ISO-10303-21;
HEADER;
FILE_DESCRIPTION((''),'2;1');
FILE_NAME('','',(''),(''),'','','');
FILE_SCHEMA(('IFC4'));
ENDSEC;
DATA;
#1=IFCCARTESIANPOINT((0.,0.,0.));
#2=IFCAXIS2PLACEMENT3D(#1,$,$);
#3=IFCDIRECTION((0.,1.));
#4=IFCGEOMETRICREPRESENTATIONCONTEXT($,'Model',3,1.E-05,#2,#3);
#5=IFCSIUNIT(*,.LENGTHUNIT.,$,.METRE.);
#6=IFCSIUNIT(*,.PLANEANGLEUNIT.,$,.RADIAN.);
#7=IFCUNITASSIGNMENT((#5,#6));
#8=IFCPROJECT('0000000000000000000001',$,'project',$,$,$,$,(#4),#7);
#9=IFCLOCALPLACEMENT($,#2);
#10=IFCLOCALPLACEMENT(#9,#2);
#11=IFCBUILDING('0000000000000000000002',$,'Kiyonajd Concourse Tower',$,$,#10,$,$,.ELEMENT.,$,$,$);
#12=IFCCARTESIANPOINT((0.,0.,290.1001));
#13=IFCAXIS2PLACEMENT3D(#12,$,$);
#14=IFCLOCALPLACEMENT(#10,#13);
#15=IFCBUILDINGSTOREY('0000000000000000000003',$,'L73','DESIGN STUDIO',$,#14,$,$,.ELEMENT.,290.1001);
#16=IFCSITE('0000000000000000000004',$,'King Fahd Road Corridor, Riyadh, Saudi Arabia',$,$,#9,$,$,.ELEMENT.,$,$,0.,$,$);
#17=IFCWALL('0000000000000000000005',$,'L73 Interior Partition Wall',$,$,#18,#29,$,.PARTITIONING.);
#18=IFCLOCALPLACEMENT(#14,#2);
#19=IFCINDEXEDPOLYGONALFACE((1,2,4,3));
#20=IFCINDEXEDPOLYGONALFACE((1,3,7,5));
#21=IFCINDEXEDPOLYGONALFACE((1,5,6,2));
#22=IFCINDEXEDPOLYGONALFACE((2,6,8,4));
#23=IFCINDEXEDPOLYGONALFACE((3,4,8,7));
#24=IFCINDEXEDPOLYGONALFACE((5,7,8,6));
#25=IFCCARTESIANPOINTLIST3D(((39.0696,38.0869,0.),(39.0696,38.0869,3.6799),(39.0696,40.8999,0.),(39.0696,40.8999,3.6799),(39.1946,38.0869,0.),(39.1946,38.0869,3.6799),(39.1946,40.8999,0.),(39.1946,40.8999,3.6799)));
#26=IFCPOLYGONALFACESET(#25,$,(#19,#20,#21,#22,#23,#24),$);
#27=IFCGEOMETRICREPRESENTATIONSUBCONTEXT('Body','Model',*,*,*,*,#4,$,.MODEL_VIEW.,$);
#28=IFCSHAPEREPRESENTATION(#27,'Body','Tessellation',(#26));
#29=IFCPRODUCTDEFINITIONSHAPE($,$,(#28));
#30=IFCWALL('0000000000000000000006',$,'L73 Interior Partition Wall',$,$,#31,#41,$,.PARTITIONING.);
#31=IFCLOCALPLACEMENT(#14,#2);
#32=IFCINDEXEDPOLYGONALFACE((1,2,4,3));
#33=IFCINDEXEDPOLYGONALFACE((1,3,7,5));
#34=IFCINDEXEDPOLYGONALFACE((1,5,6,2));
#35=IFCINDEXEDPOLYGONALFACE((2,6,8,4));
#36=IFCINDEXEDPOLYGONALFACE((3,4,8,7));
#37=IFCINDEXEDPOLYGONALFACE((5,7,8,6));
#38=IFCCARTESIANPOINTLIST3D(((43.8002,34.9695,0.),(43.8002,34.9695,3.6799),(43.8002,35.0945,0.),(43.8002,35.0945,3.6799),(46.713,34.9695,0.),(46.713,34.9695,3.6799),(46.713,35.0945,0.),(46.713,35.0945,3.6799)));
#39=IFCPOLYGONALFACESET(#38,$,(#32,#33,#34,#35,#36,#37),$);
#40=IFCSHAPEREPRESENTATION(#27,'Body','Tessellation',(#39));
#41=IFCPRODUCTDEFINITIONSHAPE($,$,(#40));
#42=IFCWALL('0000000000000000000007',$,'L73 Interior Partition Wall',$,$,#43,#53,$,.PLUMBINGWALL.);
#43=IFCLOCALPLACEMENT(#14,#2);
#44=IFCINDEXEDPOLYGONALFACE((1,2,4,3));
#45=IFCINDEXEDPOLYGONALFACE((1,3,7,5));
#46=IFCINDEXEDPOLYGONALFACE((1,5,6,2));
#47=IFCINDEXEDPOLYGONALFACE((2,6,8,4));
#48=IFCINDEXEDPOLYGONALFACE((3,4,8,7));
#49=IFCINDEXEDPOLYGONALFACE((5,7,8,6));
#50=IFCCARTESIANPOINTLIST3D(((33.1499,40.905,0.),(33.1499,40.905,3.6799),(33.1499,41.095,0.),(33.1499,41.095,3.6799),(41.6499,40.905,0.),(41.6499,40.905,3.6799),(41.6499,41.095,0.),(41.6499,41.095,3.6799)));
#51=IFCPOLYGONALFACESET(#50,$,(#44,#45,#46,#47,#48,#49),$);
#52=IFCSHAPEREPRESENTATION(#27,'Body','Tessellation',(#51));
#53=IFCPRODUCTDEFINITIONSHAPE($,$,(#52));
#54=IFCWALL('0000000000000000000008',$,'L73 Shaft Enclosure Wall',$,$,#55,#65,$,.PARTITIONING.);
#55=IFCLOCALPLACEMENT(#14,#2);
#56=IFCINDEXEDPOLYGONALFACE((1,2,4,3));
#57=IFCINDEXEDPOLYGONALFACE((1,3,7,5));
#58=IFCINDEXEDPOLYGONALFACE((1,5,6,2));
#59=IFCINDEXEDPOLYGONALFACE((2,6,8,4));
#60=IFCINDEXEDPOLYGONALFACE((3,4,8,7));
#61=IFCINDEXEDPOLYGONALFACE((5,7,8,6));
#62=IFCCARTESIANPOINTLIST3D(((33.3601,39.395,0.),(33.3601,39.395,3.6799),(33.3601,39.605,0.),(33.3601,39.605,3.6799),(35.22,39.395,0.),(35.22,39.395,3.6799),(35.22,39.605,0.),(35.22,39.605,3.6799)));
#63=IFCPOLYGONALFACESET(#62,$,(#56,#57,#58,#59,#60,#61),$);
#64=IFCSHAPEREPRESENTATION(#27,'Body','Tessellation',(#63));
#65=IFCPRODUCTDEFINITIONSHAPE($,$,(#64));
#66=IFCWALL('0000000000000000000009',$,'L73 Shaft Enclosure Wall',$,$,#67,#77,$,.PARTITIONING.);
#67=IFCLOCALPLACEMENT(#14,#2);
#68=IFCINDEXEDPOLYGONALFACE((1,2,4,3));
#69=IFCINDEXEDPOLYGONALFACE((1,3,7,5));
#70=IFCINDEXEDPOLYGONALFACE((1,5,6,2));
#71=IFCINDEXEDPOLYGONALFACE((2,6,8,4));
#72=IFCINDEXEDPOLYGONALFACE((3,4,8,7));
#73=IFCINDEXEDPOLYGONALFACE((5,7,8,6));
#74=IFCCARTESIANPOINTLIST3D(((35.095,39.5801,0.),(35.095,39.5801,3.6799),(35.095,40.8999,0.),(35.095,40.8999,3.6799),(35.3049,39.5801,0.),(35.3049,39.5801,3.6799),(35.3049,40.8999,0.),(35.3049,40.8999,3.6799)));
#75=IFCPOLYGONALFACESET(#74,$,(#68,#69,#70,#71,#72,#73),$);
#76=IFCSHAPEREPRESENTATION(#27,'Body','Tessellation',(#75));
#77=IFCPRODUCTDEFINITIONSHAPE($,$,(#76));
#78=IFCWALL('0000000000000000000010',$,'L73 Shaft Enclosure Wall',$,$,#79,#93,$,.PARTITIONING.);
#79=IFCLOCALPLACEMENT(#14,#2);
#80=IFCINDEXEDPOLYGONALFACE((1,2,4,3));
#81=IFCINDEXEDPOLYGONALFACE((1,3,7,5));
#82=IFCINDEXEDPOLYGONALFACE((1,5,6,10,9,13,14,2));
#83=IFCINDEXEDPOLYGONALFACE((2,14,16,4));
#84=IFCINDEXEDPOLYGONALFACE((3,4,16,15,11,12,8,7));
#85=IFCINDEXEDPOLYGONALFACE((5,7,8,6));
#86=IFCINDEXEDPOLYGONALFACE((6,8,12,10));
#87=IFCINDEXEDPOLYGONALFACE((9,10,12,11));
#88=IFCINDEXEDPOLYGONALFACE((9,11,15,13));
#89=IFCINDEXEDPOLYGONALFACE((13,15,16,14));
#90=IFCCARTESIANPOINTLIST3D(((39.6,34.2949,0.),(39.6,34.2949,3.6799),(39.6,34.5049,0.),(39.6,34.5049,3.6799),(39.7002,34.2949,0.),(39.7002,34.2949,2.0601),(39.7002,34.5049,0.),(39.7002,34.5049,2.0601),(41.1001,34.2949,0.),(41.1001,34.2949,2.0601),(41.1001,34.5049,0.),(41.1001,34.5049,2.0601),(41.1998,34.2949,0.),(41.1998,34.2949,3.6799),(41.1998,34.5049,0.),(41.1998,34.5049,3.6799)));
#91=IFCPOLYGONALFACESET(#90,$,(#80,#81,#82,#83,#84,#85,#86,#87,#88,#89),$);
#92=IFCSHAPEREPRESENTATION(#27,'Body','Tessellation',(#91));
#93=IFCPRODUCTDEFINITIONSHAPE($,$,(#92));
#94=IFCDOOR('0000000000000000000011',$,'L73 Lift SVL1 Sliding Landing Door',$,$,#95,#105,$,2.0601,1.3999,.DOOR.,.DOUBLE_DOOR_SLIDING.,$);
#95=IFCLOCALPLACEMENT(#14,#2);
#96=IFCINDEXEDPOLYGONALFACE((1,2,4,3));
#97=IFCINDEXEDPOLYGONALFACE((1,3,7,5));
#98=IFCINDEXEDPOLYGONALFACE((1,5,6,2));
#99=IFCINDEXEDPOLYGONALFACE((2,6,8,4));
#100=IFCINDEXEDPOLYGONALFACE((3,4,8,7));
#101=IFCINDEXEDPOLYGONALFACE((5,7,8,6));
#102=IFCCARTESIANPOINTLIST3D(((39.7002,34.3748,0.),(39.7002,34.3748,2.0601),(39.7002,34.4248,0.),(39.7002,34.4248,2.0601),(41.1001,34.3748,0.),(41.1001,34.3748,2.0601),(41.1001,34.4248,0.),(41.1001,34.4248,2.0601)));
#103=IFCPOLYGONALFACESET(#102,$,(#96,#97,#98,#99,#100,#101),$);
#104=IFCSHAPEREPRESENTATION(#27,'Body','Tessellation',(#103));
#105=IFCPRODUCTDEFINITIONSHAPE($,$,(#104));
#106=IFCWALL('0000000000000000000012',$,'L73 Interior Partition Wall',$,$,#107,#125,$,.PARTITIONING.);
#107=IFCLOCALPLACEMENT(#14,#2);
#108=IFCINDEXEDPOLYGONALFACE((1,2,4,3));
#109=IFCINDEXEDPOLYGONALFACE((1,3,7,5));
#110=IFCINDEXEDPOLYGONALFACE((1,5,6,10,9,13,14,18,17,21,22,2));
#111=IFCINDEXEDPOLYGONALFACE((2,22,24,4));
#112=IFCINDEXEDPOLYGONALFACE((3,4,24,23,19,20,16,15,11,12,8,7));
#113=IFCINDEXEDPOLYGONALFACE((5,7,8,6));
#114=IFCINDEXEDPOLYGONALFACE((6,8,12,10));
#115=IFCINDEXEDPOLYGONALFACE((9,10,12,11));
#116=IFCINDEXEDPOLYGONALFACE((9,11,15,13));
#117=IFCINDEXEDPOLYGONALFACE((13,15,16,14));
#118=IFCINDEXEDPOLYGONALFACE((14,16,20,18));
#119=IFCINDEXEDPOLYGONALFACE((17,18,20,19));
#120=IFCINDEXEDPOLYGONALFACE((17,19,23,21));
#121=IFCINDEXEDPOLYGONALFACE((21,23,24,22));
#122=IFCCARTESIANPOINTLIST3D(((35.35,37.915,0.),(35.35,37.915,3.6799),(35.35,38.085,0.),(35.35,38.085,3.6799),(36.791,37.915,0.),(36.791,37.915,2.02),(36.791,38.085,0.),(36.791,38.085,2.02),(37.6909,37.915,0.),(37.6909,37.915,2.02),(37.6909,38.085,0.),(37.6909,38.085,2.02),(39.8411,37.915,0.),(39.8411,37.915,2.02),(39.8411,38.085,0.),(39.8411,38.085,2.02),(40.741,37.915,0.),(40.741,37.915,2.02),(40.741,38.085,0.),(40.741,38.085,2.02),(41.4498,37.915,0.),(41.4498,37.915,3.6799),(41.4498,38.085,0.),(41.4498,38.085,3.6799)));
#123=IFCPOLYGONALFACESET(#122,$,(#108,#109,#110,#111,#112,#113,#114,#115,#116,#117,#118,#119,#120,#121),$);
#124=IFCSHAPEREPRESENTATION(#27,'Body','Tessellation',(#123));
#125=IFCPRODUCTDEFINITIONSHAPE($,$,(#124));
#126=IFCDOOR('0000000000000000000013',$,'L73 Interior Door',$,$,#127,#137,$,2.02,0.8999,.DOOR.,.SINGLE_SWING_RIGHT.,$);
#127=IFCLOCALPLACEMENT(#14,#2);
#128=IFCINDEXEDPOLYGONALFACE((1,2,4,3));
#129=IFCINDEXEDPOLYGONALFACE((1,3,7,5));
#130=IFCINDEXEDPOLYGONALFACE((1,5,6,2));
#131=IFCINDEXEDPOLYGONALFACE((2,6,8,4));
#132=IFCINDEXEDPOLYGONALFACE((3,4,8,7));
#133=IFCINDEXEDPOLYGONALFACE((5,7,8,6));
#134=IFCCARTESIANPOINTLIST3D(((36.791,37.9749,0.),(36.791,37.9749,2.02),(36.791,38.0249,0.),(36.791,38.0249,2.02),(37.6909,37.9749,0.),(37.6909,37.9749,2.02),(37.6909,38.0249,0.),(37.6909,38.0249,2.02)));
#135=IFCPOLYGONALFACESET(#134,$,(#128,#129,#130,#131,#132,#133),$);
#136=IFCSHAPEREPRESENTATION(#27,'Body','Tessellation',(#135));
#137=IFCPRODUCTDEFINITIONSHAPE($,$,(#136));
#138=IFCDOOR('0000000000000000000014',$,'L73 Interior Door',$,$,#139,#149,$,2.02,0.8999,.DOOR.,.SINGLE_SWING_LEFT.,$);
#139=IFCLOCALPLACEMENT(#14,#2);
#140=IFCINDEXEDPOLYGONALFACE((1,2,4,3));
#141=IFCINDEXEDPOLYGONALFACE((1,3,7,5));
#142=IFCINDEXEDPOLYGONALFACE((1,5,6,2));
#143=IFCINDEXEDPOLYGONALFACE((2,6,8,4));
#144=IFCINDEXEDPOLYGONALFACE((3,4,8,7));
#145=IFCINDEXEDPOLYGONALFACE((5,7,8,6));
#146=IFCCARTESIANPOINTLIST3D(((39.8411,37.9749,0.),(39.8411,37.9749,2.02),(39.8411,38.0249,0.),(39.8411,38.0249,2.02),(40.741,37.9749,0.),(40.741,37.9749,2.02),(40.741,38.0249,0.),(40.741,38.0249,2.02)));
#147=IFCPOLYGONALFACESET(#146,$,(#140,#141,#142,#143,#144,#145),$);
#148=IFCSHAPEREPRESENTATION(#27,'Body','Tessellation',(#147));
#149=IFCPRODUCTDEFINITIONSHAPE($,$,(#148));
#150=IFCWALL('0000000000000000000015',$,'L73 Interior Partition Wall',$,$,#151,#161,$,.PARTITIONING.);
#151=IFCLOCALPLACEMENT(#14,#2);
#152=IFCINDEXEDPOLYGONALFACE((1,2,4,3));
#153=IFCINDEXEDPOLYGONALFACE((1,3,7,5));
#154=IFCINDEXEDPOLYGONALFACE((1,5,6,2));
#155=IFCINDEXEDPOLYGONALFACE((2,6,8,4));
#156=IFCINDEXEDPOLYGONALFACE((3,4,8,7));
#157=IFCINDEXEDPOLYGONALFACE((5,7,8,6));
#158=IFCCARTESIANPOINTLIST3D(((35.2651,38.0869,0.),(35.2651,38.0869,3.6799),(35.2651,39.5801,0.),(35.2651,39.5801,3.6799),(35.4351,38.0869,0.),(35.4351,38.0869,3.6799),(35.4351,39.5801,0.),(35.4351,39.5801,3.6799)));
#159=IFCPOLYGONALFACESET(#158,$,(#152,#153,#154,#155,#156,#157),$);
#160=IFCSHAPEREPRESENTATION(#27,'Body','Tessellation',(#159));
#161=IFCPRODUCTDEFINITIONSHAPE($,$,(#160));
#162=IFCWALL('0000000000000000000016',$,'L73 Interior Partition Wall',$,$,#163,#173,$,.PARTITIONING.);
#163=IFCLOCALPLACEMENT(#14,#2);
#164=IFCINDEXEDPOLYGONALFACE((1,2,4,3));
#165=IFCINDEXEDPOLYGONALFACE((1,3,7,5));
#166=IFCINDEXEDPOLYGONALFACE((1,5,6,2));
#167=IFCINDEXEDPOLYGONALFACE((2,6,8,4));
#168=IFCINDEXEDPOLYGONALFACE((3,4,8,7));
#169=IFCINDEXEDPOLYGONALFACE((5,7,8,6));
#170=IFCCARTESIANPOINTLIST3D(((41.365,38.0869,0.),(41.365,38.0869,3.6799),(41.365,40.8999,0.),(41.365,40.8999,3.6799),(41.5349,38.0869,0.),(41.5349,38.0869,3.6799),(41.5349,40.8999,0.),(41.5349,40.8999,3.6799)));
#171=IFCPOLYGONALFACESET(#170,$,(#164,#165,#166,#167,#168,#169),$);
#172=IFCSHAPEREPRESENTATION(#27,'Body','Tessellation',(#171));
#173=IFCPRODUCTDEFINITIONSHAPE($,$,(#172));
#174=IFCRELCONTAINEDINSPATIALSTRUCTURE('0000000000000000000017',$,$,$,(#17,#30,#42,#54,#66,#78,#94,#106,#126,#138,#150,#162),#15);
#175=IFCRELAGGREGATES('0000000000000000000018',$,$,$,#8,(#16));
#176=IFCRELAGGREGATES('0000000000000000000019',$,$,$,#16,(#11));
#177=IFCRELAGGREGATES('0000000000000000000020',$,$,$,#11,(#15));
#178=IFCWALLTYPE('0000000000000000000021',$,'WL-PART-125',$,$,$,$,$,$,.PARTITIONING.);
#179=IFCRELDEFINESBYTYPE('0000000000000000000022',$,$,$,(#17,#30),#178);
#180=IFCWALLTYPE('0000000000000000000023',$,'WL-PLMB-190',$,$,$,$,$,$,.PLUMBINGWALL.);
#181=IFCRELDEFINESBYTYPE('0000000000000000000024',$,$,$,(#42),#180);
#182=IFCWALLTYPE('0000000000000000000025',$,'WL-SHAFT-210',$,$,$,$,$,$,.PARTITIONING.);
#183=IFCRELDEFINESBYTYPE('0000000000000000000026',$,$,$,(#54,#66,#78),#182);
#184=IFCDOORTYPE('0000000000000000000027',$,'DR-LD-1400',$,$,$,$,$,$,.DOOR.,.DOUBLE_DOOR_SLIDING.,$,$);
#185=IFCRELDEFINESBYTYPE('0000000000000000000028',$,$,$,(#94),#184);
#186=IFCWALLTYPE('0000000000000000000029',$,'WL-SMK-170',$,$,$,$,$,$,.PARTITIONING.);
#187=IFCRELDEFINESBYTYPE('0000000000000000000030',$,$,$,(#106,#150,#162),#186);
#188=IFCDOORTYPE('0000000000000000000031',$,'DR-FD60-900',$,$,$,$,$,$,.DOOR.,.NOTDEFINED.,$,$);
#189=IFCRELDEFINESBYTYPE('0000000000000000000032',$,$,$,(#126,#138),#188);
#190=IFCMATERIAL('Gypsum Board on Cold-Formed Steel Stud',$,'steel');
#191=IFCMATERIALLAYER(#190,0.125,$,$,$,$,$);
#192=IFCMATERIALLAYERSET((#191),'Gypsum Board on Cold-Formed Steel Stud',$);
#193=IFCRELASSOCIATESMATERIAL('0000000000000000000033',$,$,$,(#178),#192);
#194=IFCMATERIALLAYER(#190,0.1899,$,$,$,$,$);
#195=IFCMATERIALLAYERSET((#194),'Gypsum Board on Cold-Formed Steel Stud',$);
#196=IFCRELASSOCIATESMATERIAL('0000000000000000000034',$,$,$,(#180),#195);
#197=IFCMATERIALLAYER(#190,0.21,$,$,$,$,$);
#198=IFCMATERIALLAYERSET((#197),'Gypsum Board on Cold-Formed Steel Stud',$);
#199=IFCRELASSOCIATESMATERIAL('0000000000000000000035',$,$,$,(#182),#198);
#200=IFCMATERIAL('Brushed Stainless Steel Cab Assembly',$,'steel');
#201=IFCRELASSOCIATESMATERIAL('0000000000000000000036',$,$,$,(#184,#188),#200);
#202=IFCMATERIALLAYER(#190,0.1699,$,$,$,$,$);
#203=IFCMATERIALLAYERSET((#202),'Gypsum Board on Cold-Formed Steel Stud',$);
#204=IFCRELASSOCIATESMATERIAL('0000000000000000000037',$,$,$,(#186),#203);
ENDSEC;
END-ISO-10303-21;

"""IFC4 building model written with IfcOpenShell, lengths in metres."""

from ifc_helpers import new_model, si_unit, direction, frame, frame_2d, origin, place, context, subcontext, project, spatial, rectangle, extrude, material, layer, layer_set, type_object, element, fill, save


model = new_model("IFC4")

# Units and contexts
model_context = context("Model", 3, precision=1e-05, world=origin(), true_north=direction((0.0, 1.0)))
body_context = subcontext(model_context, "Body", "Model", "MODEL_VIEW")
ifc_project = project(units=[si_unit("LENGTHUNIT", "METRE"), si_unit("PLANEANGLEUNIT", "RADIAN")], contexts=[model_context])

# Site, building, storey
site_placement = place(None, origin())
site = spatial("IfcSite", under=ifc_project, at=site_placement, Name="King Fahd Road Corridor, Riyadh, Saudi Arabia", CompositionType="ELEMENT", RefElevation=0.0)
building_placement = place(site_placement, origin())
building = spatial("IfcBuilding", under=site, at=building_placement, Name="Kiyonajd Concourse Tower", CompositionType="ELEMENT")
storey_placement = place(building_placement, frame((0.0, 0.0, 290.1001)))
storey = spatial("IfcBuildingStorey", under=building, at=storey_placement, Name="L73", Description="DESIGN STUDIO", CompositionType="ELEMENT", Elevation=290.1001)

# Walls
ifc_material_1 = material(Name="Gypsum Board on Cold-Formed Steel Stud", Category="steel")
ifc_layer_1 = layer(ifc_material_1, 0.125)
ifc_layer_set_1 = layer_set([ifc_layer_1], Name="Gypsum Board on Cold-Formed Steel Stud")
wall_type_1 = type_object("IfcWallType", Name="WL-PART-125", PredefinedType="PARTITIONING", material=ifc_layer_set_1)
wall_1_placement = place(storey_placement, frame((39.1321, 38.0869, 0.0), z_axis=(0.0, 0.0, 1.0), x_axis=(0.0, 1.0, 0.0)))
element("IfcWall", 1, at=wall_1_placement, inside=storey, type_object=wall_type_1, Name="L73 Interior Partition Wall", PredefinedType="PARTITIONING", context=body_context, shape_type="SweptSolid", body=[
    extrude(rectangle(XDim=2.813, YDim=0.125, at=frame_2d((1.4065, 0.0))), origin(), (0.0, 0.0, 1.0), 3.6799),
])
wall_2_placement = place(storey_placement, frame((43.8, 35.032, 0.0), z_axis=(0.0, 0.0, 1.0), x_axis=(1.0, 0.0, 0.0)))
element("IfcWall", 2, at=wall_2_placement, inside=storey, type_object=wall_type_1, Name="L73 Interior Partition Wall", PredefinedType="PARTITIONING", context=body_context, shape_type="SweptSolid", body=[
    extrude(rectangle(XDim=2.9128, YDim=0.125, at=frame_2d((1.4565, 0.0))), origin(), (0.0, 0.0, 1.0), 3.6799),
])
ifc_layer_2 = layer(ifc_material_1, 0.1899)
ifc_layer_set_2 = layer_set([ifc_layer_2], Name="Gypsum Board on Cold-Formed Steel Stud")
wall_type_2 = type_object("IfcWallType", Name="WL-PLMB-190", PredefinedType="PLUMBINGWALL", material=ifc_layer_set_2)
wall_3_placement = place(storey_placement, frame((33.1499, 41.0, 0.0), z_axis=(0.0, 0.0, 1.0), x_axis=(1.0, 0.0, 0.0)))
element("IfcWall", 3, at=wall_3_placement, inside=storey, type_object=wall_type_2, Name="L73 Interior Partition Wall", PredefinedType="PLUMBINGWALL", context=body_context, shape_type="SweptSolid", body=[
    extrude(rectangle(XDim=8.5, YDim=0.1899, at=frame_2d((4.25, 0.0))), origin(), (0.0, 0.0, 1.0), 3.6799),
])
ifc_layer_3 = layer(ifc_material_1, 0.21)
ifc_layer_set_3 = layer_set([ifc_layer_3], Name="Gypsum Board on Cold-Formed Steel Stud")
wall_type_3 = type_object("IfcWallType", Name="WL-SHAFT-210", PredefinedType="PARTITIONING", material=ifc_layer_set_3)
wall_4_placement = place(storey_placement, frame((33.3601, 39.5, 0.0), z_axis=(0.0, 0.0, 1.0), x_axis=(1.0, 0.0, 0.0)))
element("IfcWall", 4, at=wall_4_placement, inside=storey, type_object=wall_type_3, Name="L73 Shaft Enclosure Wall", PredefinedType="PARTITIONING", context=body_context, shape_type="SweptSolid", body=[
    extrude(rectangle(XDim=1.8599, YDim=0.21, at=frame_2d((0.9299, 0.0))), origin(), (0.0, 0.0, 1.0), 3.6799),
])
wall_5_placement = place(storey_placement, frame((35.2, 39.5801, 0.0), z_axis=(0.0, 0.0, 1.0), x_axis=(0.0, 1.0, 0.0)))
element("IfcWall", 5, at=wall_5_placement, inside=storey, type_object=wall_type_3, Name="L73 Shaft Enclosure Wall", PredefinedType="PARTITIONING", context=body_context, shape_type="SweptSolid", body=[
    extrude(rectangle(XDim=1.3198, YDim=0.21, at=frame_2d((0.6599, 0.0))), origin(), (0.0, 0.0, 1.0), 3.6799),
])

# Wall, opening, door
wall_6_placement = place(storey_placement, frame((39.6001, 34.3999, 0.0), z_axis=(0.0, 0.0, 1.0), x_axis=(1.0, 0.0, 0.0)))
wall_6 = element("IfcWall", 6, at=wall_6_placement, inside=storey, type_object=wall_type_3, Name="L73 Shaft Enclosure Wall", PredefinedType="PARTITIONING", context=body_context, shape_type="SweptSolid", body=[
    extrude(rectangle(XDim=1.5999, YDim=0.21, at=frame_2d((0.7998, 0.0))), origin(), (0.0, 0.0, 1.0), 3.6799),
])
opening_1_placement = place(wall_6_placement, frame((0.1001, 0.0, 0.0)))
opening_1 = element("IfcOpeningElement", 7, at=opening_1_placement, cuts=wall_6, PredefinedType="OPENING", context=body_context, shape_type="SweptSolid", body=[
    extrude(rectangle(XDim=1.3999, YDim=2.0601, at=frame_2d((0.7, 1.03))), frame((0.0, 0.115, 0.0), z_axis=(0.0, -1.0, 0.0), x_axis=(1.0, 0.0, 0.0)), (0.0, 0.0, 1.0), 0.23),
])
ifc_material_2 = material(Name="Brushed Stainless Steel Cab Assembly", Category="steel")
door_type_1 = type_object("IfcDoorType", Name="DR-LD-1400", OperationType="DOUBLE_DOOR_SLIDING", PredefinedType="DOOR", material=ifc_material_2)
door_1_placement = place(opening_1_placement, origin())
door_1 = element("IfcDoor", 8, at=door_1_placement, inside=storey, type_object=door_type_1, Name="L73 Lift SVL1 Sliding Landing Door", OperationType="DOUBLE_DOOR_SLIDING", OverallHeight=2.0601, OverallWidth=1.3999, PredefinedType="DOOR", context=body_context, shape_type="SweptSolid", body=[
    extrude(rectangle(XDim=1.3999, YDim=2.0601, at=frame_2d((0.7, 1.03))), frame((0.0, 0.0249, 0.0), z_axis=(0.0, -1.0, 0.0), x_axis=(1.0, 0.0, 0.0)), (0.0, 0.0, 1.0), 0.05),
])
fill(opening_1, door_1)

# Wall, openings, doors
ifc_layer_4 = layer(ifc_material_1, 0.1699)
ifc_layer_set_4 = layer_set([ifc_layer_4], Name="Gypsum Board on Cold-Formed Steel Stud")
wall_type_4 = type_object("IfcWallType", Name="WL-SMK-170", PredefinedType="PARTITIONING", material=ifc_layer_set_4)
wall_7_placement = place(storey_placement, frame((35.3501, 38.0, 0.0), z_axis=(0.0, 0.0, 1.0), x_axis=(1.0, 0.0, 0.0)))
wall_7 = element("IfcWall", 9, at=wall_7_placement, inside=storey, type_object=wall_type_4, Name="L73 Interior Partition Wall", PredefinedType="PARTITIONING", context=body_context, shape_type="SweptSolid", body=[
    extrude(rectangle(XDim=6.0999, YDim=0.1699, at=frame_2d((3.0498, 0.0))), origin(), (0.0, 0.0, 1.0), 3.6799),
])
opening_2_placement = place(wall_7_placement, frame((1.4409, 0.0, 0.0)))
opening_2 = element("IfcOpeningElement", 10, at=opening_2_placement, cuts=wall_7, PredefinedType="OPENING", context=body_context, shape_type="SweptSolid", body=[
    extrude(rectangle(XDim=0.8999, YDim=2.02, at=frame_2d((0.45, 1.01))), frame((0.0, 0.095, 0.0), z_axis=(0.0, -1.0, 0.0), x_axis=(1.0, 0.0, 0.0)), (0.0, 0.0, 1.0), 0.1899),
])
opening_3_placement = place(wall_7_placement, frame((4.491, 0.0, 0.0)))
opening_3 = element("IfcOpeningElement", 11, at=opening_3_placement, cuts=wall_7, PredefinedType="OPENING", context=body_context, shape_type="SweptSolid", body=[
    extrude(rectangle(XDim=0.8999, YDim=2.02, at=frame_2d((0.45, 1.01))), frame((0.0, 0.095, 0.0), z_axis=(0.0, -1.0, 0.0), x_axis=(1.0, 0.0, 0.0)), (0.0, 0.0, 1.0), 0.1899),
])
door_type_2 = type_object("IfcDoorType", Name="DR-FD60-900", OperationType="NOTDEFINED", PredefinedType="DOOR", material=ifc_material_2)
door_2_placement = place(opening_2_placement, origin())
door_2 = element("IfcDoor", 12, at=door_2_placement, inside=storey, type_object=door_type_2, Name="L73 Interior Door", OperationType="SINGLE_SWING_RIGHT", OverallHeight=2.02, OverallWidth=0.8999, PredefinedType="DOOR", context=body_context, shape_type="SweptSolid", body=[
    extrude(rectangle(XDim=0.8999, YDim=2.02, at=frame_2d((0.45, 1.01))), frame((0.0, 0.0249, 0.0), z_axis=(0.0, -1.0, 0.0), x_axis=(1.0, 0.0, 0.0)), (0.0, 0.0, 1.0), 0.05),
])
fill(opening_2, door_2)
door_3_placement = place(opening_3_placement, origin())
door_3 = element("IfcDoor", 13, at=door_3_placement, inside=storey, type_object=door_type_2, Name="L73 Interior Door", OperationType="SINGLE_SWING_LEFT", OverallHeight=2.02, OverallWidth=0.8999, PredefinedType="DOOR", context=body_context, shape_type="SweptSolid", body=[
    extrude(rectangle(XDim=0.8999, YDim=2.02, at=frame_2d((0.45, 1.01))), frame((0.0, 0.0249, 0.0), z_axis=(0.0, -1.0, 0.0), x_axis=(1.0, 0.0, 0.0)), (0.0, 0.0, 1.0), 0.05),
])
fill(opening_3, door_3)

# Walls
wall_8_placement = place(storey_placement, frame((35.3501, 38.0869, 0.0), z_axis=(0.0, 0.0, 1.0), x_axis=(0.0, 1.0, 0.0)))
element("IfcWall", 14, at=wall_8_placement, inside=storey, type_object=wall_type_4, Name="L73 Interior Partition Wall", PredefinedType="PARTITIONING", context=body_context, shape_type="SweptSolid", body=[
    extrude(rectangle(XDim=1.4932, YDim=0.1699, at=frame_2d((0.7466, 0.0))), origin(), (0.0, 0.0, 1.0), 3.6799),
])
wall_9_placement = place(storey_placement, frame((41.45, 38.0869, 0.0), z_axis=(0.0, 0.0, 1.0), x_axis=(0.0, 1.0, 0.0)))
element("IfcWall", 15, at=wall_9_placement, inside=storey, type_object=wall_type_4, Name="L73 Interior Partition Wall", PredefinedType="PARTITIONING", context=body_context, shape_type="SweptSolid", body=[
    extrude(rectangle(XDim=2.813, YDim=0.1699, at=frame_2d((1.4065, 0.0))), origin(), (0.0, 0.0, 1.0), 3.6799),
])

save(model, "model.ifc")
